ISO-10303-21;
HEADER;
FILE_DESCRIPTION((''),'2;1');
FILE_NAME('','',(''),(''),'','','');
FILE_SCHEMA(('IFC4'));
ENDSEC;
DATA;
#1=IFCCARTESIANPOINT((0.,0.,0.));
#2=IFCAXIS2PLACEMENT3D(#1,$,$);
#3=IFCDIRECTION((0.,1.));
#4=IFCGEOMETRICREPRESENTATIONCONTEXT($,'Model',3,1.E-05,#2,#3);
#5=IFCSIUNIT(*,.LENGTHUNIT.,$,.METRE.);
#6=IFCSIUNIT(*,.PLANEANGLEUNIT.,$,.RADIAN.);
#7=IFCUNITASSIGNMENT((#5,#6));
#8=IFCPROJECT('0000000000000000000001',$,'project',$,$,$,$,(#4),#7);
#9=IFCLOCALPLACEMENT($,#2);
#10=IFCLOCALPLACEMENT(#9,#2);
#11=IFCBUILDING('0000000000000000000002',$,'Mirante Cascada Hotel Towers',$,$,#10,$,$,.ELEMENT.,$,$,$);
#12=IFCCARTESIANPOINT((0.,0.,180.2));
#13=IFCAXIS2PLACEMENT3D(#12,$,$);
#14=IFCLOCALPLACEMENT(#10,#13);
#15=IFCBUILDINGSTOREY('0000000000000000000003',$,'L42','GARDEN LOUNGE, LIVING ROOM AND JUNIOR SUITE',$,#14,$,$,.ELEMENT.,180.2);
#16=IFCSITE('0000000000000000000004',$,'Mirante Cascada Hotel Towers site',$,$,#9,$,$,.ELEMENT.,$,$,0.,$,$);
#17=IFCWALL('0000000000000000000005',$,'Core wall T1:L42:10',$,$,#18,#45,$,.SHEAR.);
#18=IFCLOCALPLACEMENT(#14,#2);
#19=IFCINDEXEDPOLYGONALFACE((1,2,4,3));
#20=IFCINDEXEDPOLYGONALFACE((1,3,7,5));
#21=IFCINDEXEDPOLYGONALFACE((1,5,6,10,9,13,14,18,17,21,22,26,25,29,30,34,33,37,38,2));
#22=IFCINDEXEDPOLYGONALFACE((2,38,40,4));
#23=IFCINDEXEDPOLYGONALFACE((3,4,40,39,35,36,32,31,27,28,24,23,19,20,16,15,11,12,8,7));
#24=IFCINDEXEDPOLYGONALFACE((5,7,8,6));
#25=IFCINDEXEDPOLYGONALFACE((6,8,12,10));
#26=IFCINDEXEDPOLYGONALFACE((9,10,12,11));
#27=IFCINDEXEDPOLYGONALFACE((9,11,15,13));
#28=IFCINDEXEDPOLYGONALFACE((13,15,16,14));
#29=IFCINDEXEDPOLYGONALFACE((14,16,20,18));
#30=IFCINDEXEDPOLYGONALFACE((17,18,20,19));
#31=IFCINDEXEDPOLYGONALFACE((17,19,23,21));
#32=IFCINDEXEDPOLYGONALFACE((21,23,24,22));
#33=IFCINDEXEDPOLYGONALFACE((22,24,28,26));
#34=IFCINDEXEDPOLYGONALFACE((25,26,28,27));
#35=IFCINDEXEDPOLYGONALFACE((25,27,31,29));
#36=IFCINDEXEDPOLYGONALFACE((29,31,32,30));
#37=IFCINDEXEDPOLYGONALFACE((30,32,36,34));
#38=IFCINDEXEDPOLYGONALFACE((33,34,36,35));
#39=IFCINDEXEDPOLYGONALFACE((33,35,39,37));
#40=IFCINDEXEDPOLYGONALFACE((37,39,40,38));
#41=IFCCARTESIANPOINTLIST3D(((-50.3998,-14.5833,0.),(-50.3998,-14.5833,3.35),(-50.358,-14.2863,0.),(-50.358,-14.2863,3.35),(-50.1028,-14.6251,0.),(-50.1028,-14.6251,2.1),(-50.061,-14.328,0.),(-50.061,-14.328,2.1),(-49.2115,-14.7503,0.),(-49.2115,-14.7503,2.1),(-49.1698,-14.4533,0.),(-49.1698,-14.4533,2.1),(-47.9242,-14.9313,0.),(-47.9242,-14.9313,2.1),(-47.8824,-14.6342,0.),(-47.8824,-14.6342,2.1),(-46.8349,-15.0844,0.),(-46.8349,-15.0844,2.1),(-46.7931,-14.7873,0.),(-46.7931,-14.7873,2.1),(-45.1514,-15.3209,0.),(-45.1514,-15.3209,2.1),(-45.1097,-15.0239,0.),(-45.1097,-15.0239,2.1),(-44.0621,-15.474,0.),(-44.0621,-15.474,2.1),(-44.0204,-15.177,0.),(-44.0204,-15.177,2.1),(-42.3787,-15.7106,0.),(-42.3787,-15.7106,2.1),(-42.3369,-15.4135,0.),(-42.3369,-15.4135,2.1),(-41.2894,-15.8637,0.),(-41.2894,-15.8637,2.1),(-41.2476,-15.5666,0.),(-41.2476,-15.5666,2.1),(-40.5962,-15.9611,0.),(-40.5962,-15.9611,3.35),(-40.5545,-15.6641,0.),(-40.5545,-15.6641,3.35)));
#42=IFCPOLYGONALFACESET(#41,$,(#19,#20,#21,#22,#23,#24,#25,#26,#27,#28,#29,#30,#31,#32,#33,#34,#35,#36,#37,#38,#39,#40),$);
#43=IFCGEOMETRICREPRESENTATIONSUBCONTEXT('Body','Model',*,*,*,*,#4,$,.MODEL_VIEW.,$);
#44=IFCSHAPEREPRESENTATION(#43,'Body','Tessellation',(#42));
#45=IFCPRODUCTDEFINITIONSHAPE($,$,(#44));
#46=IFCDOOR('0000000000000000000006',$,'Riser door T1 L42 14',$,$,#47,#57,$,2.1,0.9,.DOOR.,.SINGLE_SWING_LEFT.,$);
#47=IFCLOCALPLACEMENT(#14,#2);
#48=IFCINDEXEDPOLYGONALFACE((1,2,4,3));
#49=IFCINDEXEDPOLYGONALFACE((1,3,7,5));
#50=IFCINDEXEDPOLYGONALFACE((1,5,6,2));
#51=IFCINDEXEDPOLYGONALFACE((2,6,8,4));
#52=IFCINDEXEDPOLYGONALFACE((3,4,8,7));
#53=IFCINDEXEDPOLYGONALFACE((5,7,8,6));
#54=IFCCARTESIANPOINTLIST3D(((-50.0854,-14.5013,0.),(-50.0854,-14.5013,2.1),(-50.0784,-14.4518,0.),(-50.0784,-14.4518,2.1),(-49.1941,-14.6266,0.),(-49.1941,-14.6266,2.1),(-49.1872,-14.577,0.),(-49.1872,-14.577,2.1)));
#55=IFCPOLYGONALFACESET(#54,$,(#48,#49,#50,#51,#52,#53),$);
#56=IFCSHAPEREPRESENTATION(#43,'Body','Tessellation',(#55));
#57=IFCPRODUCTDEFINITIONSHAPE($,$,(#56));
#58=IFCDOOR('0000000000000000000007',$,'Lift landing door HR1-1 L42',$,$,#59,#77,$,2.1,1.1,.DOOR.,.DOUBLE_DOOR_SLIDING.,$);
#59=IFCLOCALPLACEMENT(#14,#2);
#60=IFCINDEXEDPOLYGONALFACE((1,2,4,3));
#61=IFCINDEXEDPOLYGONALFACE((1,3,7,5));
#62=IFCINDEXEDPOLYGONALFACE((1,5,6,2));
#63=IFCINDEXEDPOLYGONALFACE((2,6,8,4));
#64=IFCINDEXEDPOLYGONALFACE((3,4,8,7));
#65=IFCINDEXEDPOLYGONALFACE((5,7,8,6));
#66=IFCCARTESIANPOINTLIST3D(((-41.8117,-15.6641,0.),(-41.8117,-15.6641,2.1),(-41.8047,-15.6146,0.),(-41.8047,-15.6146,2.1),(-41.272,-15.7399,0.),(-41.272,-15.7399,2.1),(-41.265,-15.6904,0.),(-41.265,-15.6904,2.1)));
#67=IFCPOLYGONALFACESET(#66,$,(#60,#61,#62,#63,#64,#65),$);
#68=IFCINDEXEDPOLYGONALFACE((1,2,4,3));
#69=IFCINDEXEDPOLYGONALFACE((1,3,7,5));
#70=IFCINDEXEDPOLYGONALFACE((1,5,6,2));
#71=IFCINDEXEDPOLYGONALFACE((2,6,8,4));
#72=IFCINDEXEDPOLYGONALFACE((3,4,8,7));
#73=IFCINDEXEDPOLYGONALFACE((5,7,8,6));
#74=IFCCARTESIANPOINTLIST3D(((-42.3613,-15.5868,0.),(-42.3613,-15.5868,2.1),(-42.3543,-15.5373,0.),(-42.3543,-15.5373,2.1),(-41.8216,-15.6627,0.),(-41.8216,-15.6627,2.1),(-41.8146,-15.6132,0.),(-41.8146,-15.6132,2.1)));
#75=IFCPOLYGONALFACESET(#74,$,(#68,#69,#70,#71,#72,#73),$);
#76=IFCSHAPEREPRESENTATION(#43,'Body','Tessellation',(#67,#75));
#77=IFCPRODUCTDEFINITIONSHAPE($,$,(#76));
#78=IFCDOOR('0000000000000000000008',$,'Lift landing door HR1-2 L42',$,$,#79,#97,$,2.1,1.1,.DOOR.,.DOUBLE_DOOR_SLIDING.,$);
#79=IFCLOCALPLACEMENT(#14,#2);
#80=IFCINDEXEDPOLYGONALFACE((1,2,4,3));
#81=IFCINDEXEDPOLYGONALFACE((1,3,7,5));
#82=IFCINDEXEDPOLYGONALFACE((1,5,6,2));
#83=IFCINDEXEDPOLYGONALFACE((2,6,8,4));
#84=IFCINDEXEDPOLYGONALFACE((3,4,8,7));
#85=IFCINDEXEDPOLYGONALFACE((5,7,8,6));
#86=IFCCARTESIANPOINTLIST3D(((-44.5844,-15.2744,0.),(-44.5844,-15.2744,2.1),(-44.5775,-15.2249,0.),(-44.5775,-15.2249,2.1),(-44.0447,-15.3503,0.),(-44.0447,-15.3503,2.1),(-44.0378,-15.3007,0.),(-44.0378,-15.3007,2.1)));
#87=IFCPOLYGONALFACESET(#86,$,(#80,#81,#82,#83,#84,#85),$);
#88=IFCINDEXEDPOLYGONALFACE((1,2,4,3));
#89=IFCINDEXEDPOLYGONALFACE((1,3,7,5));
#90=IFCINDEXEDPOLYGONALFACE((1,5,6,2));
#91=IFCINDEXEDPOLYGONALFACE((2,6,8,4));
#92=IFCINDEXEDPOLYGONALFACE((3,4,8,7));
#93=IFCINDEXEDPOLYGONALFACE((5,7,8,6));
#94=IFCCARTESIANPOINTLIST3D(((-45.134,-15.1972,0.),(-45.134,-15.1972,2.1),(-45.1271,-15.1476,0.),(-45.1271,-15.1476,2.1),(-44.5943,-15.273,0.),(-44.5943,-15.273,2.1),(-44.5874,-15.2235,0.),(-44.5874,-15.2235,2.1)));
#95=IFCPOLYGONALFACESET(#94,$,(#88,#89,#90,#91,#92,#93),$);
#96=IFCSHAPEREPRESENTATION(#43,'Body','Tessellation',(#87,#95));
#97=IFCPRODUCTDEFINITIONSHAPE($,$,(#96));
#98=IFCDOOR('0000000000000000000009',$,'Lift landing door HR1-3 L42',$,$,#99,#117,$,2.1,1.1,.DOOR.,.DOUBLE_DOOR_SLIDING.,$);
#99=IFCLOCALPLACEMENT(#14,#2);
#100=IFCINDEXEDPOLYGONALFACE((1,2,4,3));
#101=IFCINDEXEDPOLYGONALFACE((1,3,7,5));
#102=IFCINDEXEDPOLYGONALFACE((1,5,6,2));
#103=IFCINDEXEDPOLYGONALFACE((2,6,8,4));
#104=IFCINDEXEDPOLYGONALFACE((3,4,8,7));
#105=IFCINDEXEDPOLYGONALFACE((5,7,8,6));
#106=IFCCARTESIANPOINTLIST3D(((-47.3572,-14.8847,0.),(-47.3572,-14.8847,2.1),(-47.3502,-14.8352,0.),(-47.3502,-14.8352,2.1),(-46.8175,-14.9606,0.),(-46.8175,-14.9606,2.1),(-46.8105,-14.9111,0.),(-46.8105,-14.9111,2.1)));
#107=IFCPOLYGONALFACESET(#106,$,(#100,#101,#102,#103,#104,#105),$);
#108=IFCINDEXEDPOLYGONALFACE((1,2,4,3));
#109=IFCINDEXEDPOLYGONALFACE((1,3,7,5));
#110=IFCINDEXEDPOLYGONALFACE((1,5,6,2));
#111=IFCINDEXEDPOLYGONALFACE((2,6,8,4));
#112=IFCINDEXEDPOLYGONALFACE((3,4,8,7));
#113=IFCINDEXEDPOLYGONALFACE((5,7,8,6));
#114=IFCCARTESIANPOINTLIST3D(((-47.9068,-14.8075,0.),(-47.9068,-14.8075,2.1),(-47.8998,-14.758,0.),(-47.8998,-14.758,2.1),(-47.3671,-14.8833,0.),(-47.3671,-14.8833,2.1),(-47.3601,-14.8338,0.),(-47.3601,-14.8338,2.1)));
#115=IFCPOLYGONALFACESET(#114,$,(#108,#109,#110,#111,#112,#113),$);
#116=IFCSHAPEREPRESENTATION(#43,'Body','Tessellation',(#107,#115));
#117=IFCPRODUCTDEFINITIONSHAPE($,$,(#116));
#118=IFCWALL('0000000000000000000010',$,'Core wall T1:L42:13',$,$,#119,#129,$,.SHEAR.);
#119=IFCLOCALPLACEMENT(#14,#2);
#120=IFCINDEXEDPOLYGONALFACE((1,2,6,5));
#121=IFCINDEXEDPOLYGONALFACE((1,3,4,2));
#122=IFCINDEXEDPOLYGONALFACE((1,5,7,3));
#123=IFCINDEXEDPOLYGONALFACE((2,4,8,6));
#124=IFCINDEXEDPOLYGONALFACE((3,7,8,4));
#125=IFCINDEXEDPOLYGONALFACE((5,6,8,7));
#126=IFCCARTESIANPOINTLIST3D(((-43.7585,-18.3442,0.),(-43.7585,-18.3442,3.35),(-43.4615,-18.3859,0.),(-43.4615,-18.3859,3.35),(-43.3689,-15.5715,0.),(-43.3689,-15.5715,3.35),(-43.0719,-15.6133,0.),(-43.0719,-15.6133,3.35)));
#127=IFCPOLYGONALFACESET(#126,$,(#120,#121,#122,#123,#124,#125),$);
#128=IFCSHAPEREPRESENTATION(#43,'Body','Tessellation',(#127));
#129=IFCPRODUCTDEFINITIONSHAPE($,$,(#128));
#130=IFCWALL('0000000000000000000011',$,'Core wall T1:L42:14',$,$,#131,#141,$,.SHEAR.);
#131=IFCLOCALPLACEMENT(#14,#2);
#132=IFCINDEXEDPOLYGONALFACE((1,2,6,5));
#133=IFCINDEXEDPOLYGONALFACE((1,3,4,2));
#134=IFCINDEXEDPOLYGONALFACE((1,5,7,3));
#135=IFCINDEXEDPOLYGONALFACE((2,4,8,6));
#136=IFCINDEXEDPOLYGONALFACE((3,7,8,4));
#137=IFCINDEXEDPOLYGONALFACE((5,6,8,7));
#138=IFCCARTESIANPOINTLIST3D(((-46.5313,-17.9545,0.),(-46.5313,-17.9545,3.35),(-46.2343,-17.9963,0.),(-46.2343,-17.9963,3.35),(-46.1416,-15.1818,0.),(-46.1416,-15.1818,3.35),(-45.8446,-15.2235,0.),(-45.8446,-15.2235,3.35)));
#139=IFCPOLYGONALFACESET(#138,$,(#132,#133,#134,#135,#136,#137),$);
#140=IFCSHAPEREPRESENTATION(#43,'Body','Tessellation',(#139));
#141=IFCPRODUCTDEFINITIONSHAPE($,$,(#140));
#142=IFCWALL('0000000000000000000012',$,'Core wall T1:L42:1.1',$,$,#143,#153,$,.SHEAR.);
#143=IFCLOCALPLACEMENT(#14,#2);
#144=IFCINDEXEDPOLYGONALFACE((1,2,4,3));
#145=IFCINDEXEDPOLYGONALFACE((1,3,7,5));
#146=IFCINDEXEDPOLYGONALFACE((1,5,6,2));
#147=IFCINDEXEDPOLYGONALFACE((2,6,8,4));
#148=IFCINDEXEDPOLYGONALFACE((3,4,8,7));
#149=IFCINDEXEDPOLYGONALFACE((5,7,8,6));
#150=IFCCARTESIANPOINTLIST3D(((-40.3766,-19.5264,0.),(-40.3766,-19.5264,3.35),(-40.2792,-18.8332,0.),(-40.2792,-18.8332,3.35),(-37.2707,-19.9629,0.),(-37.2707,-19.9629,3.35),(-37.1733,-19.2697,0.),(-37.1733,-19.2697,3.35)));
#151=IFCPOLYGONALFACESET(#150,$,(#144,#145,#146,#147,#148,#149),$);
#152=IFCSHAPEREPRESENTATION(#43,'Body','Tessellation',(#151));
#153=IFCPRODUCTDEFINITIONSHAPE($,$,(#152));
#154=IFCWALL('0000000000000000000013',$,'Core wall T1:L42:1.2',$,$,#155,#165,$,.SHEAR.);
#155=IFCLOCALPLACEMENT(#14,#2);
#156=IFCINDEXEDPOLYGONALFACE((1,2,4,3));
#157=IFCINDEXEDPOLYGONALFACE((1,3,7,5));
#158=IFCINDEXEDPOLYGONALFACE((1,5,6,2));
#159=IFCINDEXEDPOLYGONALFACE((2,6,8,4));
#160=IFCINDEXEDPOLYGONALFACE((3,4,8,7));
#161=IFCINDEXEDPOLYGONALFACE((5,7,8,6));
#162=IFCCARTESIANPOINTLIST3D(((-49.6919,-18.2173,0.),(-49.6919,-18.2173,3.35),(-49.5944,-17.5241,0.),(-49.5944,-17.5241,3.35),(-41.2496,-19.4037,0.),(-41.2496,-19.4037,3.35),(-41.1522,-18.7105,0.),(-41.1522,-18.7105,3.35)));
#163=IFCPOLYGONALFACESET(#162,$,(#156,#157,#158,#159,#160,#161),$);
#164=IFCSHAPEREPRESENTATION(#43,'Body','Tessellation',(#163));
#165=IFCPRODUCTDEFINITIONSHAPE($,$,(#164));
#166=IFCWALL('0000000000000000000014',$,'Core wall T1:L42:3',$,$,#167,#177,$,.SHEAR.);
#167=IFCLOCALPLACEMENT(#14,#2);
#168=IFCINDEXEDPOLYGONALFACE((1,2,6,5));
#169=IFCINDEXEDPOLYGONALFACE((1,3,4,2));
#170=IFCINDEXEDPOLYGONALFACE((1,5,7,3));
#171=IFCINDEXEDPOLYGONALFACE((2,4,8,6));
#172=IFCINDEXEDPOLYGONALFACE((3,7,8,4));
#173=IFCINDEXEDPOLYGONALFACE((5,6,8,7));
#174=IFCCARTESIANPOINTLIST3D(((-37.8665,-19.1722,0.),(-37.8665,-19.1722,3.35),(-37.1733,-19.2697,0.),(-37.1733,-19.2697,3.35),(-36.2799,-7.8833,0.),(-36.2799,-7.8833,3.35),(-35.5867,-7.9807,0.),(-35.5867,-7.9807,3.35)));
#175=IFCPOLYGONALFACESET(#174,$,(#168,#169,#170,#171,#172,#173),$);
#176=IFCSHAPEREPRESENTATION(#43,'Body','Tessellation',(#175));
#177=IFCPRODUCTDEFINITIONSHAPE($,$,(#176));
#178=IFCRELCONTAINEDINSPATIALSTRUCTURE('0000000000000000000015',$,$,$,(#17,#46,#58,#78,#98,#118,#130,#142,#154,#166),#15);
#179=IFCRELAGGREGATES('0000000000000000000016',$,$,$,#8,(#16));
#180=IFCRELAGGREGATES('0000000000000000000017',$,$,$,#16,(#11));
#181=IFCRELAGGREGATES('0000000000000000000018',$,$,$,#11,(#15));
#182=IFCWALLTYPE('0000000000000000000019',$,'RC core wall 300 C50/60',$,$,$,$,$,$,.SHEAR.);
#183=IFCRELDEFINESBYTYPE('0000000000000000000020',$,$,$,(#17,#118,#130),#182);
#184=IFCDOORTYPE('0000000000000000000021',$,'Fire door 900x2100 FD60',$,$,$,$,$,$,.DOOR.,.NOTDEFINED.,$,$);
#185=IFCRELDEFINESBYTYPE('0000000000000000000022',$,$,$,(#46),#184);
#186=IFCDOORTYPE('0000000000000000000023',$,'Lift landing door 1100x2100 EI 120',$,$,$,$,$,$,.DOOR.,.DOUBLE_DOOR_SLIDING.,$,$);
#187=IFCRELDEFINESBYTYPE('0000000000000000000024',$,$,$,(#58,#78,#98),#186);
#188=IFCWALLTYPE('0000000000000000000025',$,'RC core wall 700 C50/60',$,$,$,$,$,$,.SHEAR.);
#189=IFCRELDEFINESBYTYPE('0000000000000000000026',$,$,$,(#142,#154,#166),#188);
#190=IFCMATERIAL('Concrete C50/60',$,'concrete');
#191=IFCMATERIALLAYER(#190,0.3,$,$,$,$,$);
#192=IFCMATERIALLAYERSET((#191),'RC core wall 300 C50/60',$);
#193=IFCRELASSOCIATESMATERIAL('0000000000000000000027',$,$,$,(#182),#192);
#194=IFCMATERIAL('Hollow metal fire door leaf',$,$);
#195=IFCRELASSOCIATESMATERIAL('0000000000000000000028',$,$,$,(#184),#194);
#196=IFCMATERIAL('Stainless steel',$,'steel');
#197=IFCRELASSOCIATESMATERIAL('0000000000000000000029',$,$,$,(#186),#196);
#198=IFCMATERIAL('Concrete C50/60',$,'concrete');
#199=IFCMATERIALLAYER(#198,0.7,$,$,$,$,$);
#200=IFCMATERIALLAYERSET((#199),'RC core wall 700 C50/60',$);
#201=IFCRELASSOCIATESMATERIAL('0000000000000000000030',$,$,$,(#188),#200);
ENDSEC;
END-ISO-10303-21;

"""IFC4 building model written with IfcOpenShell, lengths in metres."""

from ifc_helpers import new_model, si_unit, direction, frame, frame_2d, origin, place, context, subcontext, project, spatial, rectangle, extrude, material, layer, layer_set, type_object, element, fill, save


model = new_model("IFC4")

# Units and contexts
model_context = context("Model", 3, precision=1e-05, world=origin(), true_north=direction((0.0, 1.0)))
body_context = subcontext(model_context, "Body", "Model", "MODEL_VIEW")
ifc_project = project(units=[si_unit("LENGTHUNIT", "METRE"), si_unit("PLANEANGLEUNIT", "RADIAN")], contexts=[model_context])

# Site, building, storey
site_placement = place(None, origin())
site = spatial("IfcSite", under=ifc_project, at=site_placement, Name="Mirante Cascada Hotel Towers site", CompositionType="ELEMENT", RefElevation=0.0)
building_placement = place(site_placement, origin())
building = spatial("IfcBuilding", under=site, at=building_placement, Name="Mirante Cascada Hotel Towers", CompositionType="ELEMENT")
storey_placement = place(building_placement, frame((0.0, 0.0, 180.2)))
storey = spatial("IfcBuildingStorey", under=building, at=storey_placement, Name="L42", Description="GARDEN LOUNGE, LIVING ROOM AND JUNIOR SUITE", CompositionType="ELEMENT", Elevation=180.2)

# Shared definitions
ifc_material_1 = material(Name="Concrete C50/60", Category="concrete")
ifc_layer_1 = layer(ifc_material_1, 0.3)
ifc_layer_set_1 = layer_set([ifc_layer_1], Name="RC core wall 300 C50/60")
wall_type_1 = type_object("IfcWallType", Name="RC core wall 300 C50/60", PredefinedType="SHEAR", material=ifc_layer_set_1)

# Wall, openings, doors
wall_1_placement = place(storey_placement, frame((-40.5753, -15.8126, 0.0), z_axis=(0.0, 0.0, 1.0), x_axis=(-0.990268, 0.139173, 0.0)))
wall_1 = element("IfcWall", 1, at=wall_1_placement, inside=storey, type_object=wall_type_1, Name="Core wall T1:L42:10", PredefinedType="SHEAR", context=body_context, shape_type="SweptSolid", body=[
    extrude(rectangle(XDim=9.8999, YDim=0.3, at=frame_2d((4.95, 0.0))), origin(), (0.0, 0.0, 1.0), 3.35),
])
opening_1_placement = place(wall_1_placement, frame((0.7, 0.0, 0.0)))
opening_1 = element("IfcOpeningElement", 2, at=opening_1_placement, cuts=wall_1, PredefinedType="OPENING", context=body_context, shape_type="SweptSolid", body=[
    extrude(rectangle(XDim=1.1, YDim=2.1, at=frame_2d((0.55, 1.05))), frame((0.0, 0.15, 0.0), z_axis=(0.0, -1.0, 0.0), x_axis=(1.0, 0.0, 0.0)), (0.0, 0.0, 1.0), 0.3),
])
opening_2_placement = place(wall_1_placement, frame((3.5, 0.0, 0.0)))
opening_2 = element("IfcOpeningElement", 3, at=opening_2_placement, cuts=wall_1, PredefinedType="OPENING", context=body_context, shape_type="SweptSolid", body=[
    extrude(rectangle(XDim=1.1, YDim=2.1, at=frame_2d((0.55, 1.05))), frame((0.0, 0.15, 0.0), z_axis=(0.0, -1.0, 0.0), x_axis=(1.0, 0.0, 0.0)), (0.0, 0.0, 1.0), 0.3),
])
opening_3_placement = place(wall_1_placement, frame((6.3, 0.0, 0.0)))
opening_3 = element("IfcOpeningElement", 4, at=opening_3_placement, cuts=wall_1, PredefinedType="OPENING", context=body_context, shape_type="SweptSolid", body=[
    extrude(rectangle(XDim=1.1, YDim=2.1, at=frame_2d((0.55, 1.05))), frame((0.0, 0.15, 0.0), z_axis=(0.0, -1.0, 0.0), x_axis=(1.0, 0.0, 0.0)), (0.0, 0.0, 1.0), 0.3),
])
opening_4_placement = place(wall_1_placement, frame((8.7, 0.0, 0.0)))
opening_4 = element("IfcOpeningElement", 5, at=opening_4_placement, cuts=wall_1, PredefinedType="OPENING", context=body_context, shape_type="SweptSolid", body=[
    extrude(rectangle(XDim=0.9, YDim=2.1, at=frame_2d((0.45, 1.05))), frame((0.0, 0.15, 0.0), z_axis=(0.0, -1.0, 0.0), x_axis=(1.0, 0.0, 0.0)), (0.0, 0.0, 1.0), 0.3),
])
ifc_material_2 = material(Name="Hollow metal fire door leaf")
door_type_1 = type_object("IfcDoorType", Name="Fire door 900x2100 FD60", OperationType="NOTDEFINED", PredefinedType="DOOR", material=ifc_material_2)
door_1_placement = place(opening_4_placement, origin())
door_1 = element("IfcDoor", 6, at=door_1_placement, inside=storey, type_object=door_type_1, Name="Riser door T1 L42 14", OperationType="SINGLE_SWING_LEFT", OverallHeight=2.1, OverallWidth=0.9, PredefinedType="DOOR", context=body_context, shape_type="SweptSolid", body=[
    extrude(rectangle(XDim=0.9, YDim=2.1, at=frame_2d((0.45, 1.05))), frame((0.0, 0.025, 0.0), z_axis=(0.0, -1.0, 0.0), x_axis=(1.0, 0.0, 0.0)), (0.0, 0.0, 1.0), 0.05),
])
fill(opening_4, door_1)
ifc_material_3 = material(Name="Stainless steel", Category="steel")
door_type_2 = type_object("IfcDoorType", Name="Lift landing door 1100x2100 EI 120", OperationType="DOUBLE_DOOR_SLIDING", PredefinedType="DOOR", material=ifc_material_3)
door_2_placement = place(opening_1_placement, origin())
door_2 = element("IfcDoor", 7, at=door_2_placement, inside=storey, type_object=door_type_2, Name="Lift landing door HR1-1 L42", OperationType="DOUBLE_DOOR_SLIDING", OverallHeight=2.1, OverallWidth=1.1, PredefinedType="DOOR", context=body_context, shape_type="SweptSolid", body=[
    extrude(rectangle(XDim=0.545, YDim=2.1, at=frame_2d((0.2725, 1.05))), frame((0.0, 0.025, 0.0), z_axis=(0.0, -1.0, 0.0), x_axis=(1.0, 0.0, 0.0)), (0.0, 0.0, 1.0), 0.05),
    extrude(rectangle(XDim=0.545, YDim=2.1, at=frame_2d((0.8275, 1.05))), frame((0.0, 0.025, 0.0), z_axis=(0.0, -1.0, 0.0), x_axis=(1.0, 0.0, 0.0)), (0.0, 0.0, 1.0), 0.05),
])
fill(opening_1, door_2)
door_3_placement = place(opening_2_placement, origin())
door_3 = element("IfcDoor", 8, at=door_3_placement, inside=storey, type_object=door_type_2, Name="Lift landing door HR1-2 L42", OperationType="DOUBLE_DOOR_SLIDING", OverallHeight=2.1, OverallWidth=1.1, PredefinedType="DOOR", context=body_context, shape_type="SweptSolid", body=[
    extrude(rectangle(XDim=0.545, YDim=2.1, at=frame_2d((0.2725, 1.05))), frame((0.0, 0.025, 0.0), z_axis=(0.0, -1.0, 0.0), x_axis=(1.0, 0.0, 0.0)), (0.0, 0.0, 1.0), 0.05),
    extrude(rectangle(XDim=0.545, YDim=2.1, at=frame_2d((0.8275, 1.05))), frame((0.0, 0.025, 0.0), z_axis=(0.0, -1.0, 0.0), x_axis=(1.0, 0.0, 0.0)), (0.0, 0.0, 1.0), 0.05),
])
fill(opening_2, door_3)
door_4_placement = place(opening_3_placement, origin())
door_4 = element("IfcDoor", 9, at=door_4_placement, inside=storey, type_object=door_type_2, Name="Lift landing door HR1-3 L42", OperationType="DOUBLE_DOOR_SLIDING", OverallHeight=2.1, OverallWidth=1.1, PredefinedType="DOOR", context=body_context, shape_type="SweptSolid", body=[
    extrude(rectangle(XDim=0.545, YDim=2.1, at=frame_2d((0.2725, 1.05))), frame((0.0, 0.025, 0.0), z_axis=(0.0, -1.0, 0.0), x_axis=(1.0, 0.0, 0.0)), (0.0, 0.0, 1.0), 0.05),
    extrude(rectangle(XDim=0.545, YDim=2.1, at=frame_2d((0.8275, 1.05))), frame((0.0, 0.025, 0.0), z_axis=(0.0, -1.0, 0.0), x_axis=(1.0, 0.0, 0.0)), (0.0, 0.0, 1.0), 0.05),
])
fill(opening_3, door_4)

# Walls
wall_2_placement = place(storey_placement, frame((-43.61, -18.3651, 0.0), z_axis=(0.0, 0.0, 1.0), x_axis=(0.139146, 0.990272, 0.0)))
element("IfcWall", 10, at=wall_2_placement, inside=storey, type_object=wall_type_1, Name="Core wall T1:L42:13", PredefinedType="SHEAR", context=body_context, shape_type="SweptSolid", body=[
    extrude(rectangle(XDim=2.7999, YDim=0.3, at=frame_2d((1.4, 0.0))), origin(), (0.0, 0.0, 1.0), 3.35),
])
wall_3_placement = place(storey_placement, frame((-46.3828, -17.9754, 0.0), z_axis=(0.0, 0.0, 1.0), x_axis=(0.139181, 0.990267, 0.0)))
element("IfcWall", 11, at=wall_3_placement, inside=storey, type_object=wall_type_1, Name="Core wall T1:L42:14", PredefinedType="SHEAR", context=body_context, shape_type="SweptSolid", body=[
    extrude(rectangle(XDim=2.8, YDim=0.3, at=frame_2d((1.4, 0.0))), origin(), (0.0, 0.0, 1.0), 3.35),
])
ifc_material_4 = material(Name="Concrete C50/60", Category="concrete")
ifc_layer_2 = layer(ifc_material_4, 0.7)
ifc_layer_set_2 = layer_set([ifc_layer_2], Name="RC core wall 700 C50/60")
wall_type_2 = type_object("IfcWallType", Name="RC core wall 700 C50/60", PredefinedType="SHEAR", material=ifc_layer_set_2)
wall_4_placement = place(storey_placement, frame((-37.222, -19.6163, 0.0), z_axis=(0.0, 0.0, 1.0), x_axis=(-0.990268, 0.139171, 0.0)))
element("IfcWall", 12, at=wall_4_placement, inside=storey, type_object=wall_type_2, Name="Core wall T1:L42:1.1", PredefinedType="SHEAR", context=body_context, shape_type="SweptSolid", body=[
    extrude(rectangle(XDim=3.1364, YDim=0.7, at=frame_2d((1.5682, 0.0))), origin(), (0.0, 0.0, 1.0), 3.35),
])
wall_5_placement = place(storey_placement, frame((-41.2009, -19.0571, 0.0), z_axis=(0.0, 0.0, 1.0), x_axis=(-0.990269, 0.139165, 0.0)))
element("IfcWall", 13, at=wall_5_placement, inside=storey, type_object=wall_type_2, Name="Core wall T1:L42:1.2", PredefinedType="SHEAR", context=body_context, shape_type="SweptSolid", body=[
    extrude(rectangle(XDim=8.5252, YDim=0.7, at=frame_2d((4.2626, 0.0))), origin(), (0.0, 0.0, 1.0), 3.35),
])
wall_6_placement = place(storey_placement, frame((-37.5199, -19.221, 0.0), z_axis=(0.0, 0.0, 1.0), x_axis=(0.139176, 0.990268, 0.0)))
element("IfcWall", 14, at=wall_6_placement, inside=storey, type_object=wall_type_2, Name="Core wall T1:L42:3", PredefinedType="SHEAR", context=body_context, shape_type="SweptSolid", body=[
    extrude(rectangle(XDim=11.3999, YDim=0.7, at=frame_2d((5.7, 0.0))), origin(), (0.0, 0.0, 1.0), 3.35),
])

save(model, "model.ifc")
